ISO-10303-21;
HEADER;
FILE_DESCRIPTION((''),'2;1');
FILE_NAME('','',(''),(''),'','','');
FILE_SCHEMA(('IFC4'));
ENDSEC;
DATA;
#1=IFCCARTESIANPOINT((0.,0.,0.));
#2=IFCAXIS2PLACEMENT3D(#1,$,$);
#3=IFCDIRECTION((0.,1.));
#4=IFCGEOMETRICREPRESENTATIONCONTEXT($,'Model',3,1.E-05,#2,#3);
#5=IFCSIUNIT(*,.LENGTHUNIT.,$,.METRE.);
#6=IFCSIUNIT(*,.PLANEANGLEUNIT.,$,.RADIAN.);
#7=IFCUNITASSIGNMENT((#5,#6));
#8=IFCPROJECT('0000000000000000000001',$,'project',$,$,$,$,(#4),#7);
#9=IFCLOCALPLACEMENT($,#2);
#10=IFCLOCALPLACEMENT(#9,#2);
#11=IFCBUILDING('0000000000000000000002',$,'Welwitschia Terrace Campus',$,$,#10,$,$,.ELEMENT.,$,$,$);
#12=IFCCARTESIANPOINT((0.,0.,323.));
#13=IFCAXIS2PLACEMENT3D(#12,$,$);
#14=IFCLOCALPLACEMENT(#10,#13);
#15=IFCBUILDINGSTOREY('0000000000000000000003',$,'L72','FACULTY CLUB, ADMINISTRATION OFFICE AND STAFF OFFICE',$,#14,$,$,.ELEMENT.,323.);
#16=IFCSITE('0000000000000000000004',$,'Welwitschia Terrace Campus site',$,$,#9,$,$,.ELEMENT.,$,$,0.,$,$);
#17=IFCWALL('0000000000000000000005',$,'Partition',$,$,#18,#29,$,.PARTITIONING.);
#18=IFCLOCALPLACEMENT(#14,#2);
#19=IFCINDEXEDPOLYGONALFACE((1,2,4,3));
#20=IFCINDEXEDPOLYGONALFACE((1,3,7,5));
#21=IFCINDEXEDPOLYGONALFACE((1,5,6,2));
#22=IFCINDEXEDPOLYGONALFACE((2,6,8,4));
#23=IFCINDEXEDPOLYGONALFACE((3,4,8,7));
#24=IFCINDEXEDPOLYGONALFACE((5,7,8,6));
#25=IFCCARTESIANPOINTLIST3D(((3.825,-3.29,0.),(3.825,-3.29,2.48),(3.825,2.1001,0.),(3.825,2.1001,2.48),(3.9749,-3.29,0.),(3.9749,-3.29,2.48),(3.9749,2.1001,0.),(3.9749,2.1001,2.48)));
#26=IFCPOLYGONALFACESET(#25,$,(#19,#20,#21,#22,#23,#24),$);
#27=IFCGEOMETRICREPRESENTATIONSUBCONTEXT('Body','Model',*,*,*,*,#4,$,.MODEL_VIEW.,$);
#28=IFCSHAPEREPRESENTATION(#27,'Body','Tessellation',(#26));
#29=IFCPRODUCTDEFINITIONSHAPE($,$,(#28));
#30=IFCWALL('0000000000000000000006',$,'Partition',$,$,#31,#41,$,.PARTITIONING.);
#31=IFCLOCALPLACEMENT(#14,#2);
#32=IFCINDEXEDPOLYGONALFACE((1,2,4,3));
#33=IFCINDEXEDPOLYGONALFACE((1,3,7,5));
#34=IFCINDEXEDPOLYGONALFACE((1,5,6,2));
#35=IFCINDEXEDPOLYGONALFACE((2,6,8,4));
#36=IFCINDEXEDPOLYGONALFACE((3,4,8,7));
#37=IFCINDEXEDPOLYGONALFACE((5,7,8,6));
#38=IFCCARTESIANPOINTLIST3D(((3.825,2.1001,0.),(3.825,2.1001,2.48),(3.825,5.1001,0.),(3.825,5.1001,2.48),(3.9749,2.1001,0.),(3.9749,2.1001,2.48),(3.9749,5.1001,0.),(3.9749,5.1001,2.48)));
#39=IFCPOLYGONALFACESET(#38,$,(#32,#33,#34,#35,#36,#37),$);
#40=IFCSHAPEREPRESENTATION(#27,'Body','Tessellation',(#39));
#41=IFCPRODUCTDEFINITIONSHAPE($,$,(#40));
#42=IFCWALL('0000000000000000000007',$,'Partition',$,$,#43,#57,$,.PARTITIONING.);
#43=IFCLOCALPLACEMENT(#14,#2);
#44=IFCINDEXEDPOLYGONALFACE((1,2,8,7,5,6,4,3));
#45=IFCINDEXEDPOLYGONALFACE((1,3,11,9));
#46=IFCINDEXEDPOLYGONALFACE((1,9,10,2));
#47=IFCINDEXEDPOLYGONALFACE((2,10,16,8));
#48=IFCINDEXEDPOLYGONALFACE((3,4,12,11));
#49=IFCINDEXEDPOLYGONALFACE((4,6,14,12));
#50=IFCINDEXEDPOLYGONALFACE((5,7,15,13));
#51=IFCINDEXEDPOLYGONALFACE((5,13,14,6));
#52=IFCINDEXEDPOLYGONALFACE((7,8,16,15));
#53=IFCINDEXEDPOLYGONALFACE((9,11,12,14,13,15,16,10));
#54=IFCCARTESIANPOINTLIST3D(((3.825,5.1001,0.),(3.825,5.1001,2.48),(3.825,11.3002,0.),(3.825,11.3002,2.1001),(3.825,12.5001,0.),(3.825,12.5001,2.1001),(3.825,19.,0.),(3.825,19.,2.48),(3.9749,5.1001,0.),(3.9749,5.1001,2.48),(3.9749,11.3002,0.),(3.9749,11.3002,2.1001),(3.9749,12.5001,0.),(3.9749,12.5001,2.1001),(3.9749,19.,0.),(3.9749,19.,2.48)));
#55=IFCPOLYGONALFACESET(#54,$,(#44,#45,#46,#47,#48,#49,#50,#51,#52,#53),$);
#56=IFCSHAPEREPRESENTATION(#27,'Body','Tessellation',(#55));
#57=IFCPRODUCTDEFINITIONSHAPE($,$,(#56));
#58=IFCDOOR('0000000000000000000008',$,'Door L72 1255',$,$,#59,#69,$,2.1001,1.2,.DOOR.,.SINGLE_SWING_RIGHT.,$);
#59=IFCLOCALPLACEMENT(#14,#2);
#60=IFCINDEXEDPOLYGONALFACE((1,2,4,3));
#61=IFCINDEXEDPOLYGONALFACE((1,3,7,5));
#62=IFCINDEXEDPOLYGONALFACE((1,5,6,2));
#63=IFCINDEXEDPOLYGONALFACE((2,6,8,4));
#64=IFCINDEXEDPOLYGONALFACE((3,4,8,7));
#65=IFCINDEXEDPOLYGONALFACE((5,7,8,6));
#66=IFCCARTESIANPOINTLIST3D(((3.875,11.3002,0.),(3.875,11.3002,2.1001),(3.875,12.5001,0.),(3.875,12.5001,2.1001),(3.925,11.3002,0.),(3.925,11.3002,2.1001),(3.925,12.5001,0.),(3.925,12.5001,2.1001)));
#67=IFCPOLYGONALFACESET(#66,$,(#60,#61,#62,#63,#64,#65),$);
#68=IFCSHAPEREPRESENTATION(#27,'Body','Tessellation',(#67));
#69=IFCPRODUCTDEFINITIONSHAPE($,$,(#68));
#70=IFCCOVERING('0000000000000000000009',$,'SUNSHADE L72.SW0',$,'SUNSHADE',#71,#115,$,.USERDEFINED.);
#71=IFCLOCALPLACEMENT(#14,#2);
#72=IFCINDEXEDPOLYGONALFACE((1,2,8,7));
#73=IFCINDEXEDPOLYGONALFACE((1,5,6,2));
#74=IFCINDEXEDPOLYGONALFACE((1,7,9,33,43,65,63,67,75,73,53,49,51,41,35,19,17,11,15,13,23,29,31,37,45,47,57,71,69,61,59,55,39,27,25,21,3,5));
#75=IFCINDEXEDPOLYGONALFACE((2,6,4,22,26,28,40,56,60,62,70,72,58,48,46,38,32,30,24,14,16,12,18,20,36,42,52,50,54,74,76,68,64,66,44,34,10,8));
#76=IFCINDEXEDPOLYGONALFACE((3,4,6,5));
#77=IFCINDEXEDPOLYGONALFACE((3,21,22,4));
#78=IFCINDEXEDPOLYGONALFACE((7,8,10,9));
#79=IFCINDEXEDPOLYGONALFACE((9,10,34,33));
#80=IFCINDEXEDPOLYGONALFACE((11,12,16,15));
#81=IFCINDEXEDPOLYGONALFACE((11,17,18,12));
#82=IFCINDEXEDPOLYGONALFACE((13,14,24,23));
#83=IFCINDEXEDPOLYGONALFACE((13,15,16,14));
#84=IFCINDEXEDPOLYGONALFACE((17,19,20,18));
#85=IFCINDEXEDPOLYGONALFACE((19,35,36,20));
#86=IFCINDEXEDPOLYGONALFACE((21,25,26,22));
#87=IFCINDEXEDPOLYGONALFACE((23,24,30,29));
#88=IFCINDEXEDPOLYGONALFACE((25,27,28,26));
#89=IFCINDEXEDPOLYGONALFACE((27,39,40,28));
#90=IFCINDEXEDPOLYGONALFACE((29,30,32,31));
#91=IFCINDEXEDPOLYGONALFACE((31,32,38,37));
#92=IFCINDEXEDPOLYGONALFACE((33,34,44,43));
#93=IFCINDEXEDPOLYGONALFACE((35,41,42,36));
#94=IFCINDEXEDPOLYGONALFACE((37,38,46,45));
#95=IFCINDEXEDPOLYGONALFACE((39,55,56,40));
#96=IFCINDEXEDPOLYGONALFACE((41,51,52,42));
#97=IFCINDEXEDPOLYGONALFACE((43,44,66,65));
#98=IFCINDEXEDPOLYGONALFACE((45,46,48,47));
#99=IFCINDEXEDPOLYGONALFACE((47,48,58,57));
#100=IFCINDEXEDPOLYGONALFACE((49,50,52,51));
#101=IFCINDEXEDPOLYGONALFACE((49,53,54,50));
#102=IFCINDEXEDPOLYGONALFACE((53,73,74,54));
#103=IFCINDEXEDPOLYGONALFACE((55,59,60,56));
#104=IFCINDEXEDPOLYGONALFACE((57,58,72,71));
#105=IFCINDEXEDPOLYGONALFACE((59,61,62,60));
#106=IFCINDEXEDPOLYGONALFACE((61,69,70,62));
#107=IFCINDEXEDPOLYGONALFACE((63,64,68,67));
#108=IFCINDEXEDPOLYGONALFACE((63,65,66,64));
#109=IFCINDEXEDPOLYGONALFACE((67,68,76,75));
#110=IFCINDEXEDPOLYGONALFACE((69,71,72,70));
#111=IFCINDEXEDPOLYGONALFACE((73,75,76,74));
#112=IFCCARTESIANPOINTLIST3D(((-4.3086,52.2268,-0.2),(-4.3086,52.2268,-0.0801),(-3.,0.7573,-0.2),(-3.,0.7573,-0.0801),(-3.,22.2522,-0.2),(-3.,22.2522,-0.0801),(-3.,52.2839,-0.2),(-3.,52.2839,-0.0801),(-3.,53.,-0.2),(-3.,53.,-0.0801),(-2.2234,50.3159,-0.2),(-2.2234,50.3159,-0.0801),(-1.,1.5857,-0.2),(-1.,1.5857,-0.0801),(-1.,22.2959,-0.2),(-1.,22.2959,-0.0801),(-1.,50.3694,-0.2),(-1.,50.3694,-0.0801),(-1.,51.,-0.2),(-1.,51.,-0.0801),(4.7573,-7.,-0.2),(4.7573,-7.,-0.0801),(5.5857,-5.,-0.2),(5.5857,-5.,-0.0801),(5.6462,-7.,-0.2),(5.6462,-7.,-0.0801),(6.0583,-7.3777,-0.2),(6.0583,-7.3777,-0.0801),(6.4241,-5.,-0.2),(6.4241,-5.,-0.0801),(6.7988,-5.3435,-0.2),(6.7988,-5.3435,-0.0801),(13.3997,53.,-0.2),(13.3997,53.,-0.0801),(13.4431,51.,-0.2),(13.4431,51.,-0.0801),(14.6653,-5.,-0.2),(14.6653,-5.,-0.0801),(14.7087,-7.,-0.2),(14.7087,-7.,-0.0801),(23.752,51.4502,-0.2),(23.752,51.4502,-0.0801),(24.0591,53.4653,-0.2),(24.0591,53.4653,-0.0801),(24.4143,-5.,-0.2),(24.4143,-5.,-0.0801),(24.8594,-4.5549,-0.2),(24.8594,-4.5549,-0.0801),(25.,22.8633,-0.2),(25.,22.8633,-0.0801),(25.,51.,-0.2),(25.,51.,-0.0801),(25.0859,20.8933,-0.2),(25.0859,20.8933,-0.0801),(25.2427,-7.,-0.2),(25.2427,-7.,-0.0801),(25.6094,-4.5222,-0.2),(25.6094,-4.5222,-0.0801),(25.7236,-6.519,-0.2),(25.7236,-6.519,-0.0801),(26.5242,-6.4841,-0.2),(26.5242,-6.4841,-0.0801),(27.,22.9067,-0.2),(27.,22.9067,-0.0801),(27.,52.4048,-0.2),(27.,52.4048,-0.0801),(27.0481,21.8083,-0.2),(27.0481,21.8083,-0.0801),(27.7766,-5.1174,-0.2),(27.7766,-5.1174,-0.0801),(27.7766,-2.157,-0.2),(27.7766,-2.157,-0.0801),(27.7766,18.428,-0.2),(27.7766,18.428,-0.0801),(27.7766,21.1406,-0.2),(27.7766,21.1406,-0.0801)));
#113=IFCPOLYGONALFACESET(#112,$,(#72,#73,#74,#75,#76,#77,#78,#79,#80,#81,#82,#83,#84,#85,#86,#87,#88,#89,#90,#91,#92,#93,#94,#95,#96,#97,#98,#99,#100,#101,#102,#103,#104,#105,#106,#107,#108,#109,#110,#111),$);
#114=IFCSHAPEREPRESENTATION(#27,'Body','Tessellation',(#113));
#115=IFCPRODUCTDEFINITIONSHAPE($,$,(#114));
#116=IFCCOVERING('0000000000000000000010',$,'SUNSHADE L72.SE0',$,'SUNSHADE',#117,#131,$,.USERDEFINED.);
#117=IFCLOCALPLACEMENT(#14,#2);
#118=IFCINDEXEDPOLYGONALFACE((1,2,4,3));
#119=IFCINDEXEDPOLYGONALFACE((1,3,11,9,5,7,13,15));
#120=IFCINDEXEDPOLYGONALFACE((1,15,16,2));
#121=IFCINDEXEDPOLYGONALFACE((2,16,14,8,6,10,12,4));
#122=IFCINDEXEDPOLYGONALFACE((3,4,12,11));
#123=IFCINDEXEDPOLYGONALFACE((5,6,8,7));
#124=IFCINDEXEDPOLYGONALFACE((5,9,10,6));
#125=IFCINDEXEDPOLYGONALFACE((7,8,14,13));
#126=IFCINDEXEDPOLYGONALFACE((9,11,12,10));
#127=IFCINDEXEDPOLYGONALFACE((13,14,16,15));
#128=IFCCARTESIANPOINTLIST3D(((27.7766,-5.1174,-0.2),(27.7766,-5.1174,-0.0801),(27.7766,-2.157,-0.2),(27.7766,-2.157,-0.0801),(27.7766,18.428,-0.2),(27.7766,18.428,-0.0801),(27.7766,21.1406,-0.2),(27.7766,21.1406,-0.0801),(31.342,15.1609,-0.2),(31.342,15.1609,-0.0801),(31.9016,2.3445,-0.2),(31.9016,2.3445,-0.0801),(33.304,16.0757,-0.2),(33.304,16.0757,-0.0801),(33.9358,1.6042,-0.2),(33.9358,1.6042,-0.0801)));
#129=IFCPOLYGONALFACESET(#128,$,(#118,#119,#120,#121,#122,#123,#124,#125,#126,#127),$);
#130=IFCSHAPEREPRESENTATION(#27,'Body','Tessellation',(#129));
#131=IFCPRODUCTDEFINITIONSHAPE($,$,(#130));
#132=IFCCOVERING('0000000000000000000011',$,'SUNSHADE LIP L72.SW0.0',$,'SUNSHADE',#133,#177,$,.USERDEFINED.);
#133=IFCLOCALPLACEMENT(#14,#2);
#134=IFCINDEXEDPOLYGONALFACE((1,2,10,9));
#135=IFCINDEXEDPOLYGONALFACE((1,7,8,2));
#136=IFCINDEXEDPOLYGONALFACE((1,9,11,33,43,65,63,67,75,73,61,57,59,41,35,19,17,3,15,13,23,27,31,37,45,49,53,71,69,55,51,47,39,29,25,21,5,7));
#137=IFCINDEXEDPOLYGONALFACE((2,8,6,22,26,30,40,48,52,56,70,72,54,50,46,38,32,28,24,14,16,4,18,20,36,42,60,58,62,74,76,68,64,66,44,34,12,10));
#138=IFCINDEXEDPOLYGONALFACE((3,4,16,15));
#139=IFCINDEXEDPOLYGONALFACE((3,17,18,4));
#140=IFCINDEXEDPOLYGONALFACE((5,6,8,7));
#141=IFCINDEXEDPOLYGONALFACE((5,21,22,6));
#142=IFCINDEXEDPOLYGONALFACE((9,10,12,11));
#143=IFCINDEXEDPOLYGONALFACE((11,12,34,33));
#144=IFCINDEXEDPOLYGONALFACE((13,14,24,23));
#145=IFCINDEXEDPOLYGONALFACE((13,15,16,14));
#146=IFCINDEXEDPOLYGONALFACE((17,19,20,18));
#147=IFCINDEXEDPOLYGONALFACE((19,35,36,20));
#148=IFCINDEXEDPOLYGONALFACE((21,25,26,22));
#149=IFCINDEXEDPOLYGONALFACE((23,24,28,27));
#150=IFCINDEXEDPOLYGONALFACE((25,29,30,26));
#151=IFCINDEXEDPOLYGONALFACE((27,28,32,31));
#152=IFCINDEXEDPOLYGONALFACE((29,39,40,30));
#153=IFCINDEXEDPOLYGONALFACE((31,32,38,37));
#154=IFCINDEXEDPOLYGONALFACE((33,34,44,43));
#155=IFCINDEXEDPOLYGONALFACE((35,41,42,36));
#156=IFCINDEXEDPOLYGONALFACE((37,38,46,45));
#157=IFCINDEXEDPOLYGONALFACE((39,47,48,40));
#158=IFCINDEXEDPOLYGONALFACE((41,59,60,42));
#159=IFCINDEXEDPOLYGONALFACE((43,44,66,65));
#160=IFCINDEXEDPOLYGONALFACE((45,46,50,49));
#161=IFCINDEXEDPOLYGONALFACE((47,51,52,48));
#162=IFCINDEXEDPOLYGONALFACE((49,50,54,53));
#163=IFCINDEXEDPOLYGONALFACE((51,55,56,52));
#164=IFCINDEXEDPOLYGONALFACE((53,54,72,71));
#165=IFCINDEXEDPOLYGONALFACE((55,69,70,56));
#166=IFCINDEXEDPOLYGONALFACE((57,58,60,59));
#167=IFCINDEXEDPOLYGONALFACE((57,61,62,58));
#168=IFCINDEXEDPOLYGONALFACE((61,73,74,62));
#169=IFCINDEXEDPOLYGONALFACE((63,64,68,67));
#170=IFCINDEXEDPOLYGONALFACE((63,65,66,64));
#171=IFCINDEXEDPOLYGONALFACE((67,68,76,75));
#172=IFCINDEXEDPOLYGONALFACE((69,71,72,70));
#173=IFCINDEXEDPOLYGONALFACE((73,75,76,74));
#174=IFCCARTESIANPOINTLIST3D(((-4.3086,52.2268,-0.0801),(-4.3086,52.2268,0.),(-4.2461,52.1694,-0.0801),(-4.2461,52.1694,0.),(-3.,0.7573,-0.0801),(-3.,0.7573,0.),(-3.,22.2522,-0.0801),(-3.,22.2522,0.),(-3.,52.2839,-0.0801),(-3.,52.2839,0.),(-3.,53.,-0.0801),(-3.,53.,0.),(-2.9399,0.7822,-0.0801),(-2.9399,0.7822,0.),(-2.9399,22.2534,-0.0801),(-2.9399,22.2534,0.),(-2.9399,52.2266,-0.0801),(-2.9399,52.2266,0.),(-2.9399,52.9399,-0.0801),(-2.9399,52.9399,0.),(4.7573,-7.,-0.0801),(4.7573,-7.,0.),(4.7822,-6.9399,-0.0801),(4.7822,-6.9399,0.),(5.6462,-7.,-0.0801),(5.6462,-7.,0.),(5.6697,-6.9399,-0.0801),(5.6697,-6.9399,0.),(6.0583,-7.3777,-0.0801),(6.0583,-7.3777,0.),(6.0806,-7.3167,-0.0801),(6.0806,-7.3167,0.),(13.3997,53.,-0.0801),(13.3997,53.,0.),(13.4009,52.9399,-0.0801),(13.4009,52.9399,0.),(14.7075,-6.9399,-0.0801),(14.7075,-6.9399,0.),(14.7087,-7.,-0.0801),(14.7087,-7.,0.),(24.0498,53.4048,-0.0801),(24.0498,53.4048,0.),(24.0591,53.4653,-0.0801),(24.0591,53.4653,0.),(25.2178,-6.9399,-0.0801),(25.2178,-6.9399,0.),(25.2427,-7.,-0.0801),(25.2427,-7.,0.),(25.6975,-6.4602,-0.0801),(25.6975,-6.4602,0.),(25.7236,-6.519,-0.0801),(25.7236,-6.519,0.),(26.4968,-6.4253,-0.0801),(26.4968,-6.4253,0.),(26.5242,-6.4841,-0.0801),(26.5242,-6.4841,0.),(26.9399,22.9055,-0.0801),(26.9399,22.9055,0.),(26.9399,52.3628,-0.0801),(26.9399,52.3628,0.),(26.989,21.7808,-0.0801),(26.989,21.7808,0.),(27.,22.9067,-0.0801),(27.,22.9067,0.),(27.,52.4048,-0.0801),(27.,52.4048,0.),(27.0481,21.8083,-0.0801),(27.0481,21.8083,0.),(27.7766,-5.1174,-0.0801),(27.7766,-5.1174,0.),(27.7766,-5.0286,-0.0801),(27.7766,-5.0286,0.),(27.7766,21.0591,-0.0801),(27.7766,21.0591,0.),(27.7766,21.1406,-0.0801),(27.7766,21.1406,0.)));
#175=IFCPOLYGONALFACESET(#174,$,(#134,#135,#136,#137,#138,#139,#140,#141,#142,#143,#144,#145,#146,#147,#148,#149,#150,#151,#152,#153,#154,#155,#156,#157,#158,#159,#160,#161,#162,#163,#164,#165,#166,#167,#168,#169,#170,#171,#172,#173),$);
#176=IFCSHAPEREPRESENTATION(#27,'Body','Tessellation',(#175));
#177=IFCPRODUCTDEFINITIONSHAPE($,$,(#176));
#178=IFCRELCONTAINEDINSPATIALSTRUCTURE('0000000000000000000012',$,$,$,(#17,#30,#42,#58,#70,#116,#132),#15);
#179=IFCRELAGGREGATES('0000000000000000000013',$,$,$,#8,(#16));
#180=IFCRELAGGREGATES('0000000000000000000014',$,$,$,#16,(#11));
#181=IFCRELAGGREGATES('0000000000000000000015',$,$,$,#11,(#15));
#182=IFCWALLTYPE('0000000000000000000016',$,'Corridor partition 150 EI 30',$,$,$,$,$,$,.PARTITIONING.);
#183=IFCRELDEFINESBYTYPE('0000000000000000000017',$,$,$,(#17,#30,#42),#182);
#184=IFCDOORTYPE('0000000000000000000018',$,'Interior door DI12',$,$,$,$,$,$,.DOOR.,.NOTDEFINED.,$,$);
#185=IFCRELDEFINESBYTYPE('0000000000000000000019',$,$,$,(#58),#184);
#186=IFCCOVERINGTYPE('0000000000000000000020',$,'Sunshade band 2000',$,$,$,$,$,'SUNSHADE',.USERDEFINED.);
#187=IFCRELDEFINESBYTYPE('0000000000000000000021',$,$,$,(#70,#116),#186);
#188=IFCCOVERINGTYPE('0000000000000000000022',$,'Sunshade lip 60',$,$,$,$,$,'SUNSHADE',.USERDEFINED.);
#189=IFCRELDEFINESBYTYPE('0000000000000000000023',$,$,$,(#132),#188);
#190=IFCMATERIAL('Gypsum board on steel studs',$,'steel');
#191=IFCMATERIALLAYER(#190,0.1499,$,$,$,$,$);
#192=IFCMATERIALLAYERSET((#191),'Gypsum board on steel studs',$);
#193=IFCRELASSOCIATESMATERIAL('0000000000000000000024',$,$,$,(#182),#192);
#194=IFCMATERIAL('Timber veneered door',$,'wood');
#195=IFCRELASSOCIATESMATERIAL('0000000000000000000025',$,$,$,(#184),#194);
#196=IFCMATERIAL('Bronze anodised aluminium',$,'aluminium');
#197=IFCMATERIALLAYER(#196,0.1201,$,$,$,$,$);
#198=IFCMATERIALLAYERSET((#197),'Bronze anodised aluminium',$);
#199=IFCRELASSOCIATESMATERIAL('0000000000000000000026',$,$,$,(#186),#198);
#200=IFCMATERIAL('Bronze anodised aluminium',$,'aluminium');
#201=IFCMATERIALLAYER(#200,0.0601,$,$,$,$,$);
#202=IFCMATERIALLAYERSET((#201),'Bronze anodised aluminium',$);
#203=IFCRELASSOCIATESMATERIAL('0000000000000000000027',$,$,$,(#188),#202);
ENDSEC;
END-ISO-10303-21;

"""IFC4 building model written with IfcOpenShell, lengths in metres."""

from ifc_helpers import new_model, si_unit, direction, frame, frame_2d, origin, place, context, subcontext, project, spatial, polyline, rectangle, outline, extrude, material, layer, layer_set, type_object, element, fill, save


model = new_model("IFC4")

# Units and contexts
model_context = context("Model", 3, precision=1e-05, world=origin(), true_north=direction((0.0, 1.0)))
body_context = subcontext(model_context, "Body", "Model", "MODEL_VIEW")
ifc_project = project(units=[si_unit("LENGTHUNIT", "METRE"), si_unit("PLANEANGLEUNIT", "RADIAN")], contexts=[model_context])

# Site, building, storey
site_placement = place(None, origin())
site = spatial("IfcSite", under=ifc_project, at=site_placement, Name="Welwitschia Terrace Campus site", CompositionType="ELEMENT", RefElevation=0.0)
building_placement = place(site_placement, origin())
building = spatial("IfcBuilding", under=site, at=building_placement, Name="Welwitschia Terrace Campus", CompositionType="ELEMENT")
storey_placement = place(building_placement, frame((0.0, 0.0, 323.0)))
storey = spatial("IfcBuildingStorey", under=building, at=storey_placement, Name="L72", Description="FACULTY CLUB, ADMINISTRATION OFFICE AND STAFF OFFICE", CompositionType="ELEMENT", Elevation=323.0)

# Walls
ifc_material_1 = material(Name="Gypsum board on steel studs", Category="steel")
ifc_layer_1 = layer(ifc_material_1, 0.1499)
ifc_layer_set_1 = layer_set([ifc_layer_1], Name="Gypsum board on steel studs")
wall_type_1 = type_object("IfcWallType", Name="Corridor partition 150 EI 30", PredefinedType="PARTITIONING", material=ifc_layer_set_1)
wall_1_placement = place(storey_placement, frame((3.8999, -3.29, 0.0), z_axis=(0.0, 0.0, 1.0), x_axis=(0.0, 1.0, 0.0)))
element("IfcWall", 1, at=wall_1_placement, inside=storey, type_object=wall_type_1, Name="Partition", PredefinedType="PARTITIONING", context=body_context, shape_type="SweptSolid", body=[
    extrude(rectangle(XDim=5.3901, YDim=0.1499, at=frame_2d((2.6951, 0.0))), origin(), (0.0, 0.0, 1.0), 2.48),
])
wall_2_placement = place(storey_placement, frame((3.8999, 2.1001, 0.0), z_axis=(0.0, 0.0, 1.0), x_axis=(0.0, 1.0, 0.0)))
element("IfcWall", 2, at=wall_2_placement, inside=storey, type_object=wall_type_1, Name="Partition", PredefinedType="PARTITIONING", context=body_context, shape_type="SweptSolid", body=[
    extrude(rectangle(XDim=3.0, YDim=0.1499, at=frame_2d((1.5, 0.0))), origin(), (0.0, 0.0, 1.0), 2.48),
])

# Wall, opening, door
wall_3_placement = place(storey_placement, frame((3.8999, 5.1001, 0.0), z_axis=(0.0, 0.0, 1.0), x_axis=(0.0, 1.0, 0.0)))
wall_3 = element("IfcWall", 3, at=wall_3_placement, inside=storey, type_object=wall_type_1, Name="Partition", PredefinedType="PARTITIONING", context=body_context, shape_type="SweptSolid", body=[
    extrude(rectangle(XDim=13.8999, YDim=0.1499, at=frame_2d((6.95, 0.0))), origin(), (0.0, 0.0, 1.0), 2.48),
])
opening_1_placement = place(wall_3_placement, frame((6.2, 0.0, 0.0)))
opening_1 = element("IfcOpeningElement", 4, at=opening_1_placement, cuts=wall_3, PredefinedType="OPENING", context=body_context, shape_type="SweptSolid", body=[
    extrude(rectangle(XDim=1.2, YDim=2.1001, at=frame_2d((0.6001, 1.05))), frame((0.0, 0.085, 0.0), z_axis=(0.0, -1.0, 0.0), x_axis=(1.0, 0.0, 0.0)), (0.0, 0.0, 1.0), 0.1699),
])
ifc_material_2 = material(Name="Timber veneered door", Category="wood")
door_type_1 = type_object("IfcDoorType", Name="Interior door DI12", OperationType="NOTDEFINED", PredefinedType="DOOR", material=ifc_material_2)
door_1_placement = place(opening_1_placement, origin())
door_1 = element("IfcDoor", 5, at=door_1_placement, inside=storey, type_object=door_type_1, Name="Door L72 1255", OperationType="SINGLE_SWING_RIGHT", OverallHeight=2.1001, OverallWidth=1.2, PredefinedType="DOOR", context=body_context, shape_type="SweptSolid", body=[
    extrude(rectangle(XDim=1.2, YDim=2.1001, at=frame_2d((0.6001, 1.05))), frame((0.0, 0.0249, 0.0), z_axis=(0.0, -1.0, 0.0), x_axis=(1.0, 0.0, 0.0)), (0.0, 0.0, 1.0), 0.05),
])
fill(opening_1, door_1)

# Coverings
ifc_material_3 = material(Name="Bronze anodised aluminium", Category="aluminium")
ifc_layer_2 = layer(ifc_material_3, 0.1201)
ifc_layer_set_2 = layer_set([ifc_layer_2], Name="Bronze anodised aluminium")
covering_type_1 = type_object("IfcCoveringType", Name="Sunshade band 2000", ElementType="SUNSHADE", PredefinedType="USERDEFINED", material=ifc_layer_set_2)
covering_1_placement = place(storey_placement, frame((0.0, 0.0, -0.2)))
element("IfcCovering", 6, at=covering_1_placement, inside=storey, type_object=covering_type_1, Name="SUNSHADE L72.SW0", ObjectType="SUNSHADE", PredefinedType="USERDEFINED", context=body_context, shape_type="SweptSolid", body=[
    extrude(outline(polyline([(-3.0, 52.2839), (-3.0, 53.0), (13.3997, 53.0), (24.0591, 53.4653), (27.0, 52.4048), (27.0, 22.9067), (27.0481, 21.8083), (27.7766, 21.1406), (27.7766, 18.428), (25.0859, 20.8933), (25.0, 22.8633), (25.0, 51.0), (23.752, 51.4502), (13.4431, 51.0), (-1.0, 51.0), (-1.0, 50.3694), (-2.2234, 50.3159), (-1.0, 22.2959), (-1.0, 1.5857), (5.5857, -5.0), (6.4241, -5.0), (6.7988, -5.3435), (14.6653, -5.0), (24.4143, -5.0), (24.8594, -4.5549), (25.6094, -4.5222), (27.7766, -2.157), (27.7766, -5.1174), (26.5242, -6.4841), (25.7236, -6.519), (25.2427, -7.0), (14.7087, -7.0), (6.0583, -7.3777), (5.6462, -7.0), (4.7573, -7.0), (-3.0, 0.7573), (-3.0, 22.2522), (-4.3086, 52.2268), (-3.0, 52.2839)])), origin(), (0.0, 0.0, 1.0), 0.1199),
])
covering_2_placement = place(storey_placement, frame((0.0, 0.0, -0.2)))
element("IfcCovering", 7, at=covering_2_placement, inside=storey, type_object=covering_type_1, Name="SUNSHADE L72.SE0", ObjectType="SUNSHADE", PredefinedType="USERDEFINED", context=body_context, shape_type="SweptSolid", body=[
    extrude(outline(polyline([(33.304, 16.0757), (33.9358, 1.6042), (27.7766, -5.1174), (27.7766, -2.157), (31.9016, 2.3445), (31.342, 15.1609), (27.7766, 18.428), (27.7766, 21.1406), (33.304, 16.0757)])), origin(), (0.0, 0.0, 1.0), 0.1199),
])
ifc_material_4 = material(Name="Bronze anodised aluminium", Category="aluminium")
ifc_layer_3 = layer(ifc_material_4, 0.0601)
ifc_layer_set_3 = layer_set([ifc_layer_3], Name="Bronze anodised aluminium")
covering_type_2 = type_object("IfcCoveringType", Name="Sunshade lip 60", ElementType="SUNSHADE", PredefinedType="USERDEFINED", material=ifc_layer_set_3)
covering_3_placement = place(storey_placement, frame((0.0, 0.0, -0.0801)))
element("IfcCovering", 8, at=covering_3_placement, inside=storey, type_object=covering_type_2, Name="SUNSHADE LIP L72.SW0.0", ObjectType="SUNSHADE", PredefinedType="USERDEFINED", context=body_context, shape_type="SweptSolid", body=[
    extrude(outline(polyline([(-3.0, 53.0), (13.3997, 53.0), (24.0591, 53.4653), (27.0, 52.4048), (27.0, 22.9067), (27.0481, 21.8083), (27.7766, 21.1406), (27.7766, 21.0591), (26.989, 21.7808), (26.9399, 22.9055), (26.9399, 52.3628), (24.0498, 53.4048), (13.4009, 52.9399), (-2.9399, 52.9399), (-2.9399, 52.2266), (-4.2461, 52.1694), (-2.9399, 22.2534), (-2.9399, 0.7822), (4.7822, -6.9399), (5.6697, -6.9399), (6.0806, -7.3167), (14.7075, -6.9399), (25.2178, -6.9399), (25.6975, -6.4602), (26.4968, -6.4253), (27.7766, -5.0286), (27.7766, -5.1174), (26.5242, -6.4841), (25.7236, -6.519), (25.2427, -7.0), (14.7087, -7.0), (6.0583, -7.3777), (5.6462, -7.0), (4.7573, -7.0), (-3.0, 0.7573), (-3.0, 22.2522), (-4.3086, 52.2268), (-3.0, 52.2839), (-3.0, 53.0)])), origin(), (0.0, 0.0, 1.0), 0.0801),
])

save(model, "model.ifc")
